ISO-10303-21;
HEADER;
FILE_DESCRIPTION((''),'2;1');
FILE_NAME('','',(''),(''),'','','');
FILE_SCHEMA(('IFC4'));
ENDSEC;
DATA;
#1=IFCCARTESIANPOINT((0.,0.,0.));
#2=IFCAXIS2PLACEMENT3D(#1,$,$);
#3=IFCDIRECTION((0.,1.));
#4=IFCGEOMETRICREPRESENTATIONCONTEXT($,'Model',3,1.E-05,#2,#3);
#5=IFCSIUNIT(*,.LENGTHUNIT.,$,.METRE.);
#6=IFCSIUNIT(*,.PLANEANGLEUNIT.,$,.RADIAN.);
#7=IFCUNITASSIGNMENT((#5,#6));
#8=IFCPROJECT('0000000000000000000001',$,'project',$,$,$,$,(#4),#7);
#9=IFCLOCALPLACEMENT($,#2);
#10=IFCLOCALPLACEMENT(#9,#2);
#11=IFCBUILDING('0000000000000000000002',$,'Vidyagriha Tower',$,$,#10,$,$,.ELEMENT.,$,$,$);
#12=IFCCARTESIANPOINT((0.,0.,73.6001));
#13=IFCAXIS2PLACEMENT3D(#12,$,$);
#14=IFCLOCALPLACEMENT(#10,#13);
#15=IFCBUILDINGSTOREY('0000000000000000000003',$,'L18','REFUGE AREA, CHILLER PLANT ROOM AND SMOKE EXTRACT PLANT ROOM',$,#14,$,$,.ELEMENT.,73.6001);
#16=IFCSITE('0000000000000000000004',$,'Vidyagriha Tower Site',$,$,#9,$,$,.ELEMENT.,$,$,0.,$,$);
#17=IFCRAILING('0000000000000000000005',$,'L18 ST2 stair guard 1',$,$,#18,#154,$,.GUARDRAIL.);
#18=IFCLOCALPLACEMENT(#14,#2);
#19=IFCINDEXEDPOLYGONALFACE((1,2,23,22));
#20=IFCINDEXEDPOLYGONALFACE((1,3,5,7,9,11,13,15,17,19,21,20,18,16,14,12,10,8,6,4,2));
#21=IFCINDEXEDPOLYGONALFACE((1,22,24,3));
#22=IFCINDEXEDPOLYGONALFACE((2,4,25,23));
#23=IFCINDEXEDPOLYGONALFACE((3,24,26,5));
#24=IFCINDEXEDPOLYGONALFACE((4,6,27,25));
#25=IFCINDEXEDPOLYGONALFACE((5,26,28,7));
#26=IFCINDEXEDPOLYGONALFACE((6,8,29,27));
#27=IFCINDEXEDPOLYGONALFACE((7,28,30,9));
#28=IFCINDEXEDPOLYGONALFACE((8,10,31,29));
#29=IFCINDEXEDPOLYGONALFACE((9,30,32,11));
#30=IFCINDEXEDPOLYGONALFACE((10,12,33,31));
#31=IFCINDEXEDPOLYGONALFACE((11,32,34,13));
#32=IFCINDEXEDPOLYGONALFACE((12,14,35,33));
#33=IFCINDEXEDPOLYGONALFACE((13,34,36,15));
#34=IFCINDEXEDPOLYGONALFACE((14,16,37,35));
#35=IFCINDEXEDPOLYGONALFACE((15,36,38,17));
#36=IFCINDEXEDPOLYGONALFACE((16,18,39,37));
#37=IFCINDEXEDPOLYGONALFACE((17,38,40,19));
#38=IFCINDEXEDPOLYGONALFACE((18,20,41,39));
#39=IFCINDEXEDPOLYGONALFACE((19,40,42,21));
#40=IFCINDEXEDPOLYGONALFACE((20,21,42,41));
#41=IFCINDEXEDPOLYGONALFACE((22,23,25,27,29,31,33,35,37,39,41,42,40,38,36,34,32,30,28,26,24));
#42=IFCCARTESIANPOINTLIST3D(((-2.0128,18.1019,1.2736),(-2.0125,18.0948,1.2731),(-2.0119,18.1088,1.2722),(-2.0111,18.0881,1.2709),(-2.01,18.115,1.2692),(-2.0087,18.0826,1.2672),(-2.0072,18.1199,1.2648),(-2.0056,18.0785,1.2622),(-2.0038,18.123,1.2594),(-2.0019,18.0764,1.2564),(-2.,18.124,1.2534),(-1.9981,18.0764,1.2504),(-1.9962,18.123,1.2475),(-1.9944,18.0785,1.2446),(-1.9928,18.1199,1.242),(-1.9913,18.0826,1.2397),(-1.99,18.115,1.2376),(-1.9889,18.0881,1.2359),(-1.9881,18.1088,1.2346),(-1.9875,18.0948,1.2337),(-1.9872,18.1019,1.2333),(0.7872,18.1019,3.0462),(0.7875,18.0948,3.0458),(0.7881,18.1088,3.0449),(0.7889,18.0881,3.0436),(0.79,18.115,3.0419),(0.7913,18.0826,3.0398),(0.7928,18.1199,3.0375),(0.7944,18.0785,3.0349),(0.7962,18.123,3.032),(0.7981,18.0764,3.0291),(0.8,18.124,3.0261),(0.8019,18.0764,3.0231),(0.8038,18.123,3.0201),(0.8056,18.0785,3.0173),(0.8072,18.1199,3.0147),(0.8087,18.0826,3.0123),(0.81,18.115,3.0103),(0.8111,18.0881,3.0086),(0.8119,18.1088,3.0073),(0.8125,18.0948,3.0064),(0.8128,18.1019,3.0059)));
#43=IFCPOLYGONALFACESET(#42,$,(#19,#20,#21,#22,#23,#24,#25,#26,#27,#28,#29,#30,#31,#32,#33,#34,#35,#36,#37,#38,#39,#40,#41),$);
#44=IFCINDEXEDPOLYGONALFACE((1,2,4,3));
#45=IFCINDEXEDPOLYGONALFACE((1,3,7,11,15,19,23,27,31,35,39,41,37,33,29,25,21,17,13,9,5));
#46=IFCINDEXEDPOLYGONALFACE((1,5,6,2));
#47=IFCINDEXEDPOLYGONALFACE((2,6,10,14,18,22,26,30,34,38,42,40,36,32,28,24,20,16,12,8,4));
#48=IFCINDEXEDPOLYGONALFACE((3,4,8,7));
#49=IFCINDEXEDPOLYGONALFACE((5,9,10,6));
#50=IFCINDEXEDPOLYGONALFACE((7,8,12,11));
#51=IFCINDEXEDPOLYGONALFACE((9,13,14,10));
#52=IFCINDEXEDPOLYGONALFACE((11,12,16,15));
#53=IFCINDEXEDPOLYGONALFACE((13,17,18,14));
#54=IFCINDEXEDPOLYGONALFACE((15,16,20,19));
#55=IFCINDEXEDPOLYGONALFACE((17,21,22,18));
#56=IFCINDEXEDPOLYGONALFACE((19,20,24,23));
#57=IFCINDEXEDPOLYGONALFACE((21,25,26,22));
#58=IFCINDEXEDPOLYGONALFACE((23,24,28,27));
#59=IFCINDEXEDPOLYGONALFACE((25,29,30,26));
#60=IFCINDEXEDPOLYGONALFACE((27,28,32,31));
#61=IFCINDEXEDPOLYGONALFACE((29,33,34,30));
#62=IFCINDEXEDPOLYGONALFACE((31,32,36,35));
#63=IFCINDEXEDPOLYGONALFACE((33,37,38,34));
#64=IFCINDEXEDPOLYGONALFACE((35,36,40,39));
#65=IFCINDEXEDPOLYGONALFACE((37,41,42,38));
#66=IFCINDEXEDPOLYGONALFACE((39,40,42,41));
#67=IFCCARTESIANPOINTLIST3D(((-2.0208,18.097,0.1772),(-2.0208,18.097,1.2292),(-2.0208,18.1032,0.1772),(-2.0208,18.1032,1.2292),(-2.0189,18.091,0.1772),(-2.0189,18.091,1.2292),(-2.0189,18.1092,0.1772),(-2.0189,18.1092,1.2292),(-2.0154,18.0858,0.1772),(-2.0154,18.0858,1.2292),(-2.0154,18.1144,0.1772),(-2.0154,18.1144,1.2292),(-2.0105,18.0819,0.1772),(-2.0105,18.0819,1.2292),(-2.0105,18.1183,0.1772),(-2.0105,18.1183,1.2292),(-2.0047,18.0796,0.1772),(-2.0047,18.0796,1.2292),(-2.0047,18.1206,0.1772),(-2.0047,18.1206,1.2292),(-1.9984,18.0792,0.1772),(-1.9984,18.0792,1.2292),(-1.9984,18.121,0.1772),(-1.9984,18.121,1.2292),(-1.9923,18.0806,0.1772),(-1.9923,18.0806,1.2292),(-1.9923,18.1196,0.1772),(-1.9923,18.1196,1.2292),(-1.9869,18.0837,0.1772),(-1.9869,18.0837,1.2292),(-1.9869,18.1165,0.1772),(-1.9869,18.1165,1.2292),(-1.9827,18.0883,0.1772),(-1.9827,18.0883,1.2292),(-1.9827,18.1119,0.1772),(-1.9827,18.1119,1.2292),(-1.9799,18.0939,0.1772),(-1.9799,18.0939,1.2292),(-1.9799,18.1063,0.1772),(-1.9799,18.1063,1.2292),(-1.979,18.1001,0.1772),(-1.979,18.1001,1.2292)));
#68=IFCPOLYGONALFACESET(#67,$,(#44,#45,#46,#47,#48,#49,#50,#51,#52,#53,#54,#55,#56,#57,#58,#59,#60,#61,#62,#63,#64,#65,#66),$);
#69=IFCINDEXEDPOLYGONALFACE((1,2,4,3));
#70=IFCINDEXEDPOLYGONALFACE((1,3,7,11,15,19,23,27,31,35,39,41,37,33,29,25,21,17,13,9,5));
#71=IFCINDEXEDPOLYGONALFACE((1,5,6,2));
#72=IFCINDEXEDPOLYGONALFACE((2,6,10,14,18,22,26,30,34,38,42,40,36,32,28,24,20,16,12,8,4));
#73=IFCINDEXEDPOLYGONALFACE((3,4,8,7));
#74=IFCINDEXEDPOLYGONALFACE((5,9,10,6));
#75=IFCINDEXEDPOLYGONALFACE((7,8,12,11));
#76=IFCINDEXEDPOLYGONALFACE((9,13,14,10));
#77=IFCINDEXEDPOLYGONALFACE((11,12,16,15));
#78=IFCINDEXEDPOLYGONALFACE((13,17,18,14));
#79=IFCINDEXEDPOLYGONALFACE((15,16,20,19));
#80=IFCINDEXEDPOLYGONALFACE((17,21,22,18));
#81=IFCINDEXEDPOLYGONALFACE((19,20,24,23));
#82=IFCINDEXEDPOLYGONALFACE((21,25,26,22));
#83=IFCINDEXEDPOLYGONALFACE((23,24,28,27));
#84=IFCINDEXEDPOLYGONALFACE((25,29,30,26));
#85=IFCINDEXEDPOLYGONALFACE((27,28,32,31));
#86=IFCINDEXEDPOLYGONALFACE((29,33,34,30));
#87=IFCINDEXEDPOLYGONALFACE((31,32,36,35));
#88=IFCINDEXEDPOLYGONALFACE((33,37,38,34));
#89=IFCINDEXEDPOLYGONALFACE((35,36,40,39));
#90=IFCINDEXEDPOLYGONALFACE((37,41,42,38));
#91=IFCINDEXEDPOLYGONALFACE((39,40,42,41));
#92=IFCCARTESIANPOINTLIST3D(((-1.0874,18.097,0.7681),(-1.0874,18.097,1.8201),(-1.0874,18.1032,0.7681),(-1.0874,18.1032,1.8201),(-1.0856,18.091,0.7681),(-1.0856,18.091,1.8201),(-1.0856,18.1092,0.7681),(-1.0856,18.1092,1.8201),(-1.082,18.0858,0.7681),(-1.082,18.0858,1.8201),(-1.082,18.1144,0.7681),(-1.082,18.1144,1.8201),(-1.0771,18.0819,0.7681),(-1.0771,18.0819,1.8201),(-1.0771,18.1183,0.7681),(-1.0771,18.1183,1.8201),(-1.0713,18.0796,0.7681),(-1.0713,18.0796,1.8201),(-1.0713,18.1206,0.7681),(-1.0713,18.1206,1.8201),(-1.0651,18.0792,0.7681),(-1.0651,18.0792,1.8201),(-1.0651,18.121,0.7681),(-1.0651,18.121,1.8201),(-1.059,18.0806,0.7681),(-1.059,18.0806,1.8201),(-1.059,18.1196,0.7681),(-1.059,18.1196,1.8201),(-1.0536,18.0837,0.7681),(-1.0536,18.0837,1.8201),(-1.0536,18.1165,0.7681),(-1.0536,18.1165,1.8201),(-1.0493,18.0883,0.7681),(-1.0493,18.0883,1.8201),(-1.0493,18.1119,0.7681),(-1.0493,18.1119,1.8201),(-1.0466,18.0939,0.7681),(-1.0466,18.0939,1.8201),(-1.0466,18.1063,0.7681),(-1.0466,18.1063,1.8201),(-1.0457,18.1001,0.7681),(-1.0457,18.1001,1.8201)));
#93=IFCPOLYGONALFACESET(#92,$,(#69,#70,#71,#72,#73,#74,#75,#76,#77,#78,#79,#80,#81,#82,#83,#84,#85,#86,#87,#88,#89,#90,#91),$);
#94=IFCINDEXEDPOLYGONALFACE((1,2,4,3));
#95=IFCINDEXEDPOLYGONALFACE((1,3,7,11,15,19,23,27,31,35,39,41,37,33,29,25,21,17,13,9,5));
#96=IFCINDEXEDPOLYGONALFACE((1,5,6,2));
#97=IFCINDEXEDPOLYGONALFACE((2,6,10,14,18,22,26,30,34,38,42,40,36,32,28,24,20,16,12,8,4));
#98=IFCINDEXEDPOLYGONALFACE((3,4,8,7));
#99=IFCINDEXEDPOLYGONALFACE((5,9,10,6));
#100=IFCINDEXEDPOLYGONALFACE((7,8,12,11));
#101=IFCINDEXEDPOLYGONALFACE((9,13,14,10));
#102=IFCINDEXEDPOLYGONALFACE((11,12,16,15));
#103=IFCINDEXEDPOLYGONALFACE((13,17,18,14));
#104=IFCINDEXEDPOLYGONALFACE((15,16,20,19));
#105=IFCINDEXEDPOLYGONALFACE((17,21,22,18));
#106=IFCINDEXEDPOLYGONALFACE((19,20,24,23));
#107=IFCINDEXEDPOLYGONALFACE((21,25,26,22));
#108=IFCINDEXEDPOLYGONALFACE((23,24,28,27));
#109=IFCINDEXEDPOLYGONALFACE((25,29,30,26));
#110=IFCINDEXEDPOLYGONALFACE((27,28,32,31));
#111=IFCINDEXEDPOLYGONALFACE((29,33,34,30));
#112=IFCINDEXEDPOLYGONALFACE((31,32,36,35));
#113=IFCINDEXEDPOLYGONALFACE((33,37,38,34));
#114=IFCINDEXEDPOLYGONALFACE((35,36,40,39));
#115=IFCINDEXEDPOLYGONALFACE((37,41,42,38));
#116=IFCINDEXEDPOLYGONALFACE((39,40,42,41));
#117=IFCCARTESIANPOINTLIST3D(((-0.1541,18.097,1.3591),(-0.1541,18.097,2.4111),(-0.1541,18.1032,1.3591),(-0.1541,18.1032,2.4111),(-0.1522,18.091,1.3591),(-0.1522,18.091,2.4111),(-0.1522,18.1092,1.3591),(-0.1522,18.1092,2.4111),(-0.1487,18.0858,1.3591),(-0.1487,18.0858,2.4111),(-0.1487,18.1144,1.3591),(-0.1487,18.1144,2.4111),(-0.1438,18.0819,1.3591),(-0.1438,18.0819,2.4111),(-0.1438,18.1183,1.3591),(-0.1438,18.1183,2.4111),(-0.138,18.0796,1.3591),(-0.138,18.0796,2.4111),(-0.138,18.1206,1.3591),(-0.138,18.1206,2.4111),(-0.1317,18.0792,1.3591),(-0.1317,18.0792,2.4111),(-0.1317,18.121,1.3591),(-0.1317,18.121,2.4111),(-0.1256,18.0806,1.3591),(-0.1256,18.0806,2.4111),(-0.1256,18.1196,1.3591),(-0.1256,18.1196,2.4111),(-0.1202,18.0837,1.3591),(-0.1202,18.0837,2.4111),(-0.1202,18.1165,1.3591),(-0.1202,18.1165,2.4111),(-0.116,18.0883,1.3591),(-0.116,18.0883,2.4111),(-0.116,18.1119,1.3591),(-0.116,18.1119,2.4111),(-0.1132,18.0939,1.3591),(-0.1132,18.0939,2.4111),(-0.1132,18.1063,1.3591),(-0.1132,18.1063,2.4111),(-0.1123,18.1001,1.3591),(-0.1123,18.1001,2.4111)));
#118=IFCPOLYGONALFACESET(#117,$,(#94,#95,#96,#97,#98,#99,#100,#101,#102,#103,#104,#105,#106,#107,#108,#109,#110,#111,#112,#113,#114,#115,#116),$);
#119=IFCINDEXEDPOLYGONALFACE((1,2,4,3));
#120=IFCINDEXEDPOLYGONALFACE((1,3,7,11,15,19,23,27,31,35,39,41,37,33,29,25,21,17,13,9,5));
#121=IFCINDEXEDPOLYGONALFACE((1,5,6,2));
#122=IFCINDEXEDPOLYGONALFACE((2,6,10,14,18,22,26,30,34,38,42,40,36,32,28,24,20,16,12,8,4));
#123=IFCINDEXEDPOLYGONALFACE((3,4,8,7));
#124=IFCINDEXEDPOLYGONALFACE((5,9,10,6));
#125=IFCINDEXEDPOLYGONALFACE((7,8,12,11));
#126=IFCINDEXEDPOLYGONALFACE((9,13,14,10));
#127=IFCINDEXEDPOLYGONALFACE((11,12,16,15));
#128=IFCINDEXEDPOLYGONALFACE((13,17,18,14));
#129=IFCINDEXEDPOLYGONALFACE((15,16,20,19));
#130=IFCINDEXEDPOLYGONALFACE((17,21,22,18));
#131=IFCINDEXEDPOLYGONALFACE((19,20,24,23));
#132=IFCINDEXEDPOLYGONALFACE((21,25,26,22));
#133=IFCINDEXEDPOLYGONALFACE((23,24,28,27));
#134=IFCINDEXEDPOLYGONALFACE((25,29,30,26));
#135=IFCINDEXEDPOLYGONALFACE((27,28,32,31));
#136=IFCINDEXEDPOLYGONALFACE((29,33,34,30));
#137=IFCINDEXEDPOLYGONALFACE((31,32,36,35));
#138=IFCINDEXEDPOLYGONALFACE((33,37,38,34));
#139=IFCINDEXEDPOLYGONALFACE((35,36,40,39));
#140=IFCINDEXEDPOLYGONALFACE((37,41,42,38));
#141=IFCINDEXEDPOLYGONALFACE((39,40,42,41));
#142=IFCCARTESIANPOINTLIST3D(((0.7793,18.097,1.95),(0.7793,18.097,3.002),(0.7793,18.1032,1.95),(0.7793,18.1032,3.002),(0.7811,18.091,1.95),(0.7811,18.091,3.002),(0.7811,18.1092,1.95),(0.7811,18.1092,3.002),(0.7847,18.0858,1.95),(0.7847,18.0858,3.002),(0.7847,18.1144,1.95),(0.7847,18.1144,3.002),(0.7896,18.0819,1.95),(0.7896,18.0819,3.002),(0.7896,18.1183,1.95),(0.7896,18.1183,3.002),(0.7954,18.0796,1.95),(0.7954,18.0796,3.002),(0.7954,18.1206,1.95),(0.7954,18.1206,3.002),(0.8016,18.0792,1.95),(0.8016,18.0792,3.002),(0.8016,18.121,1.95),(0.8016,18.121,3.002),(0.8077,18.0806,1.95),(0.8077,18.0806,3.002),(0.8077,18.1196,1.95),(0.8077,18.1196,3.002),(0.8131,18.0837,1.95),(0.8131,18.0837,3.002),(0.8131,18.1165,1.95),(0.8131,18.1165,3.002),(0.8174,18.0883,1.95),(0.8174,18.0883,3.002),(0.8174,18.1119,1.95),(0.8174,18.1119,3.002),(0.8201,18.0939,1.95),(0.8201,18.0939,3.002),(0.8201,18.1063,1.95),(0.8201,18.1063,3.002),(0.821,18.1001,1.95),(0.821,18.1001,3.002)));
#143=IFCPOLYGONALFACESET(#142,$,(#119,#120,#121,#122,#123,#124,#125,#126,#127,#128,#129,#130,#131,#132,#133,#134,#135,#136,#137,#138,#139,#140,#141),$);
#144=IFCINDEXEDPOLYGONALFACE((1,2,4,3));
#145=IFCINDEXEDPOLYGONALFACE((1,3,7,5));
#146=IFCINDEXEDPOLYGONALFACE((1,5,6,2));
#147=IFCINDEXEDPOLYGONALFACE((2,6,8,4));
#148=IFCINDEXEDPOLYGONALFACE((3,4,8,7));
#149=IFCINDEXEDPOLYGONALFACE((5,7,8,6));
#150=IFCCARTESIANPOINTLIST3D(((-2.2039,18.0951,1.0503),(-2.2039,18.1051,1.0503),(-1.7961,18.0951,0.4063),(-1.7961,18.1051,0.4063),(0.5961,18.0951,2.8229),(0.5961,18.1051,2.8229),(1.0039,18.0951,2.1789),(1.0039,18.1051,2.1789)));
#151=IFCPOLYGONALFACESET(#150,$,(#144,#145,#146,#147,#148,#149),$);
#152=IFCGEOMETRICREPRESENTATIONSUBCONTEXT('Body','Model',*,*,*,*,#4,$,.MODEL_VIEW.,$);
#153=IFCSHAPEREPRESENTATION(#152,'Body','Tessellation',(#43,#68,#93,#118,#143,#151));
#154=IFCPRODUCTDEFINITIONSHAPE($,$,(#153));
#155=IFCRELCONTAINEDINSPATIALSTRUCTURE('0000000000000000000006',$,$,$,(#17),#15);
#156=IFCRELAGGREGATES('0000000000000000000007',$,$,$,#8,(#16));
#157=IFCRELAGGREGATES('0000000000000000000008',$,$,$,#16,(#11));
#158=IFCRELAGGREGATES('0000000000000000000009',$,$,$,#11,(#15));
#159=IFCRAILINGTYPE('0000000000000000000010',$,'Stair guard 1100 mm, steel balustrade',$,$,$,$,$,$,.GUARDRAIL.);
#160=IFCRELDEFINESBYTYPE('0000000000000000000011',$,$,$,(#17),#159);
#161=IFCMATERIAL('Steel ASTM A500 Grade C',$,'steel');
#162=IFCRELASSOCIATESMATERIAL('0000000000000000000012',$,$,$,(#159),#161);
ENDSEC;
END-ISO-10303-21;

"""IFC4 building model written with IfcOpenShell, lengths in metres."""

from ifc_helpers import new_model, si_unit, direction, frame, origin, origin_2d, place, context, subcontext, project, spatial, rectangle, circle, extrude, material, type_object, element, save


model = new_model("IFC4")

# Units and contexts
model_context = context("Model", 3, precision=1e-05, world=origin(), true_north=direction((0.0, 1.0)))
body_context = subcontext(model_context, "Body", "Model", "MODEL_VIEW")
ifc_project = project(units=[si_unit("LENGTHUNIT", "METRE"), si_unit("PLANEANGLEUNIT", "RADIAN")], contexts=[model_context])

# Site, building, storey
site_placement = place(None, origin())
site = spatial("IfcSite", under=ifc_project, at=site_placement, Name="Vidyagriha Tower Site", CompositionType="ELEMENT", RefElevation=0.0)
building_placement = place(site_placement, origin())
building = spatial("IfcBuilding", under=site, at=building_placement, Name="Vidyagriha Tower", CompositionType="ELEMENT")
storey_placement = place(building_placement, frame((0.0, 0.0, 73.6001)))
storey = spatial("IfcBuildingStorey", under=building, at=storey_placement, Name="L18", Description="REFUGE AREA, CHILLER PLANT ROOM AND SMOKE EXTRACT PLANT ROOM", CompositionType="ELEMENT", Elevation=73.6001)

# Railing
ifc_material_1 = material(Name="Steel ASTM A500 Grade C", Category="steel")
railing_type_1 = type_object("IfcRailingType", Name="Stair guard 1100 mm, steel balustrade", PredefinedType="GUARDRAIL", material=ifc_material_1)
railing_1_placement = place(storey_placement, frame((-2.0, 18.1001, 0.1772)))
element("IfcRailing", 1, at=railing_1_placement, inside=storey, type_object=railing_type_1, Name="L18 ST2 stair guard 1", PredefinedType="GUARDRAIL", context=body_context, shape_type="SweptSolid", body=[
    extrude(circle(Radius=0.0239, at=origin_2d()), frame((0.0, 0.0, 1.0762), z_axis=(0.844909, 0.0, 0.53491), x_axis=(0.0, 1.0, 0.0)), (0.0, 0.0, 1.0), 3.314),
    extrude(circle(Radius=0.021, at=origin_2d()), origin(), (0.0, 0.0, 1.0), 1.052),
    extrude(circle(Radius=0.021, at=origin_2d()), frame((0.9333, 0.0, 0.5908)), (0.0, 0.0, 1.0), 1.052),
    extrude(circle(Radius=0.021, at=origin_2d()), frame((1.8667, 0.0, 1.1819)), (0.0, 0.0, 1.0), 1.052),
    extrude(circle(Radius=0.021, at=origin_2d()), frame((2.8, 0.0, 1.7727)), (0.0, 0.0, 1.0), 1.052),
    extrude(rectangle(XDim=0.01, YDim=0.7622, at=origin_2d()), frame((0.0, 0.0, 0.551), z_axis=(0.844909, 0.0, 0.53491), x_axis=(0.0, 1.0, 0.0)), (0.0, 0.0, 1.0), 3.314),
])

save(model, "model.ifc")
